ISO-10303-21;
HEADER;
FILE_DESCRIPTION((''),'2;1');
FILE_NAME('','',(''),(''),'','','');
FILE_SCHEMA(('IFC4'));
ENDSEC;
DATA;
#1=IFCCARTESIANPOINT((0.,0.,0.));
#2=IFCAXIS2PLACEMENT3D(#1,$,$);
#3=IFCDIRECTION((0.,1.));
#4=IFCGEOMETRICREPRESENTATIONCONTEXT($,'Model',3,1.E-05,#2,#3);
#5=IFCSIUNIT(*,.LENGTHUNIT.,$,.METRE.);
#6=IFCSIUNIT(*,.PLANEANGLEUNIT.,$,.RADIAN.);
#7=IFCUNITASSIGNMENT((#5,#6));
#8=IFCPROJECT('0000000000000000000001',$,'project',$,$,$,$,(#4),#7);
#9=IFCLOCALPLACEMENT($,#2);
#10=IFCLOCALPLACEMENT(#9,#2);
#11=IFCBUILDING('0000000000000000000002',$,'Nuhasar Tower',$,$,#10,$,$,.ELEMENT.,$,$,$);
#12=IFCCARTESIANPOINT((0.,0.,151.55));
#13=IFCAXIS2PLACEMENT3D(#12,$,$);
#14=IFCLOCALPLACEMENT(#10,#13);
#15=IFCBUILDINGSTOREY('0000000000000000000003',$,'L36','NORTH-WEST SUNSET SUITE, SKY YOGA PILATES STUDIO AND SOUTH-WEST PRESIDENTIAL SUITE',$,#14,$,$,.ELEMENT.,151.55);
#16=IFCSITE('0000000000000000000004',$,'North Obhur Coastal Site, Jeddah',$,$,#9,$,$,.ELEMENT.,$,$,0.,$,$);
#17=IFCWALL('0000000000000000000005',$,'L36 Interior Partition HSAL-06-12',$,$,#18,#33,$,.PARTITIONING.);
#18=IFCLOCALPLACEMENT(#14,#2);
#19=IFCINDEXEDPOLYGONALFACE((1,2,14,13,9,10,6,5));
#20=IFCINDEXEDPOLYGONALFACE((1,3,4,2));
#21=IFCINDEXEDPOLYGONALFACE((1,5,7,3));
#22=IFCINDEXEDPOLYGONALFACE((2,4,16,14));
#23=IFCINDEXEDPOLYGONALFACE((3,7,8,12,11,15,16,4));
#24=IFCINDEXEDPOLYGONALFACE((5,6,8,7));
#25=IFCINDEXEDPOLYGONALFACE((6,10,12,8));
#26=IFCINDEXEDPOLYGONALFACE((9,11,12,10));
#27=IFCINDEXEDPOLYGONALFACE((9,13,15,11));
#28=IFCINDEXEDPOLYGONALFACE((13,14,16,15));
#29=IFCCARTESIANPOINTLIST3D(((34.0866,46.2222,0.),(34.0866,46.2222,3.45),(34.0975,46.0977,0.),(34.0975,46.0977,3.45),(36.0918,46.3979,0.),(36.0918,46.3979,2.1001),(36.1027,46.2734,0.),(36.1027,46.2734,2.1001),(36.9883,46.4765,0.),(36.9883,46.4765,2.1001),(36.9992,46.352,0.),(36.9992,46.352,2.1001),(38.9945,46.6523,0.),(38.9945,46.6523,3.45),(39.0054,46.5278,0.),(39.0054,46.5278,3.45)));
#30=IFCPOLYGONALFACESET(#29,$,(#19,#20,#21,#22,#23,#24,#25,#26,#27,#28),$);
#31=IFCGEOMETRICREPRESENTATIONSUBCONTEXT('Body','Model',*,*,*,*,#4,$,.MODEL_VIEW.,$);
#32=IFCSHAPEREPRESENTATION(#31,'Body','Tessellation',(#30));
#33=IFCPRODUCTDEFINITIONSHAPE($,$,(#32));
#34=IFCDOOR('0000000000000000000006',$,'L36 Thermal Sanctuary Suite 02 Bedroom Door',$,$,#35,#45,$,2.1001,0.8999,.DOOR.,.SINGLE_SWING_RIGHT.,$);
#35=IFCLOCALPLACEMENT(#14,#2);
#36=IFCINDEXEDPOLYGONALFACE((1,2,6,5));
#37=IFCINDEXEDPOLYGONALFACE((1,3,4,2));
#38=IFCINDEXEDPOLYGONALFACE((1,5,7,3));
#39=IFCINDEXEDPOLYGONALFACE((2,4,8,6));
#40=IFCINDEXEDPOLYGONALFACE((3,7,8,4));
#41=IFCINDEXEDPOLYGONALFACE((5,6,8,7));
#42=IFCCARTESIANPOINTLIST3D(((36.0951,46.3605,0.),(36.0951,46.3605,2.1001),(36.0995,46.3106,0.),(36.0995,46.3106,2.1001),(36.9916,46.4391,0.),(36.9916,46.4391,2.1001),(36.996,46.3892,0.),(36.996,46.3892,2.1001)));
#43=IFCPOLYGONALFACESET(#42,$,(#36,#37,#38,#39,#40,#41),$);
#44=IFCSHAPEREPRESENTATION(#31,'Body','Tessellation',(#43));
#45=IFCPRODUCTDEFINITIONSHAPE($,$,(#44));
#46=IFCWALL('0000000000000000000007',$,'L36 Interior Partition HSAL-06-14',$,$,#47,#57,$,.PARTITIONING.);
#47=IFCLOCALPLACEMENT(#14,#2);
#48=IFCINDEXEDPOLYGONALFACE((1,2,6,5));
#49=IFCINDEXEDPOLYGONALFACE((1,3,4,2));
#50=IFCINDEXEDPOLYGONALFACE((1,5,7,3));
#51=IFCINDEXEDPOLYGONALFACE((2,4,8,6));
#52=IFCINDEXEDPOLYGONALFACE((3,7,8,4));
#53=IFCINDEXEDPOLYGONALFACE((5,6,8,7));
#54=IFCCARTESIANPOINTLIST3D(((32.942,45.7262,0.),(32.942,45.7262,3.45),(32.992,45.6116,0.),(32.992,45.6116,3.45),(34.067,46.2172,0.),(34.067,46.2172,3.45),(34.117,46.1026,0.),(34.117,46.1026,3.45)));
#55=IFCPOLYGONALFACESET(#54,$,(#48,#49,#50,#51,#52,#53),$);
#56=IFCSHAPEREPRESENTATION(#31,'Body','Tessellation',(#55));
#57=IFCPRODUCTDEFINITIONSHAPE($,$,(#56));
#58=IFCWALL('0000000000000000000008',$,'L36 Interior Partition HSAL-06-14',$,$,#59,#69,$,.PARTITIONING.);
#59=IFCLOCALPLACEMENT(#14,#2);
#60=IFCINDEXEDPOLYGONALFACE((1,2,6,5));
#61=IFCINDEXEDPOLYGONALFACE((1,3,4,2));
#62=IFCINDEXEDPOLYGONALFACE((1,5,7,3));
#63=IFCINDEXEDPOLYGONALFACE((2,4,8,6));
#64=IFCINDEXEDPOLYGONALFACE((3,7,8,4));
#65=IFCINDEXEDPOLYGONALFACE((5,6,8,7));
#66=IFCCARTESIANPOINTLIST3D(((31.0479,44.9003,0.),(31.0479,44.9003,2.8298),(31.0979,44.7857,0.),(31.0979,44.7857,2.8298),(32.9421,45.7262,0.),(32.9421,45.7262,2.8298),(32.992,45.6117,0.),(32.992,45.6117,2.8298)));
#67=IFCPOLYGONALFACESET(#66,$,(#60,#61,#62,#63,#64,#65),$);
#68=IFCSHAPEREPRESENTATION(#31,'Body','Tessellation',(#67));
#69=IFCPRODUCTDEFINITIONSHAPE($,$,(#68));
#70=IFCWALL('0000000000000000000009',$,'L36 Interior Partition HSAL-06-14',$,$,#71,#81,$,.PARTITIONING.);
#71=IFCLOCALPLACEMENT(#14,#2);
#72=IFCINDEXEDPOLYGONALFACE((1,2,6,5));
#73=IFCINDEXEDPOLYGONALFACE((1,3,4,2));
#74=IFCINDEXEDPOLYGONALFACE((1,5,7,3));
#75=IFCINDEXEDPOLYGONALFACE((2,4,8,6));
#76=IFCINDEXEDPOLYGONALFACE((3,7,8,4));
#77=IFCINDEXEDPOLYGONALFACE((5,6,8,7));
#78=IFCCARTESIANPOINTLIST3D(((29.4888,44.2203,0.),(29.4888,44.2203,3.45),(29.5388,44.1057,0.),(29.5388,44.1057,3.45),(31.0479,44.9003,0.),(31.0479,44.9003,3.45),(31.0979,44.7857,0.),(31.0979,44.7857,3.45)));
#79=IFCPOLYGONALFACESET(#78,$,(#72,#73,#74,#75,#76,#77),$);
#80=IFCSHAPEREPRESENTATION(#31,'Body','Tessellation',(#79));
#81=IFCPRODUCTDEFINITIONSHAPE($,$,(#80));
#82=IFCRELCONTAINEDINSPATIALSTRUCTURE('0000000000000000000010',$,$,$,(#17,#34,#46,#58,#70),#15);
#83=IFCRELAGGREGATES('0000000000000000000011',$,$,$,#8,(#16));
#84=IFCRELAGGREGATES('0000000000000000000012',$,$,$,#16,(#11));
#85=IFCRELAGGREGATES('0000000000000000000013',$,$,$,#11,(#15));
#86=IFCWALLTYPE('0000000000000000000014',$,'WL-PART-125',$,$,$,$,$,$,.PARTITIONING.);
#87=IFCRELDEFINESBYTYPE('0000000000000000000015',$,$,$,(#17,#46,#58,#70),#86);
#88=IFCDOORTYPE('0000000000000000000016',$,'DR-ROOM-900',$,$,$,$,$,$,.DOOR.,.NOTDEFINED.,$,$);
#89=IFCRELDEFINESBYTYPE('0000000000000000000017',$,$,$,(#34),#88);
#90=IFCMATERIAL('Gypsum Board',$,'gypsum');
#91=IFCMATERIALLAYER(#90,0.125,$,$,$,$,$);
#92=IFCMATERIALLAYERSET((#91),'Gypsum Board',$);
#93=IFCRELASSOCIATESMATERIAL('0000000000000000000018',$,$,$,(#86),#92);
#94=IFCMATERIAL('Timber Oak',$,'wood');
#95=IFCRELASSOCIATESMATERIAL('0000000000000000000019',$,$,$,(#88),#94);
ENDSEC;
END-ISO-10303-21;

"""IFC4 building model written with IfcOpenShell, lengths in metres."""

from ifc_helpers import new_model, si_unit, direction, frame, frame_2d, origin, place, context, subcontext, project, spatial, rectangle, extrude, material, layer, layer_set, type_object, element, fill, save


model = new_model("IFC4")

# Units and contexts
model_context = context("Model", 3, precision=1e-05, world=origin(), true_north=direction((0.0, 1.0)))
body_context = subcontext(model_context, "Body", "Model", "MODEL_VIEW")
ifc_project = project(units=[si_unit("LENGTHUNIT", "METRE"), si_unit("PLANEANGLEUNIT", "RADIAN")], contexts=[model_context])

# Site, building, storey
site_placement = place(None, origin())
site = spatial("IfcSite", under=ifc_project, at=site_placement, Name="North Obhur Coastal Site, Jeddah", CompositionType="ELEMENT", RefElevation=0.0)
building_placement = place(site_placement, origin())
building = spatial("IfcBuilding", under=site, at=building_placement, Name="Nuhasar Tower", CompositionType="ELEMENT")
storey_placement = place(building_placement, frame((0.0, 0.0, 151.55)))
storey = spatial("IfcBuildingStorey", under=building, at=storey_placement, Name="L36", Description="NORTH-WEST SUNSET SUITE, SKY YOGA PILATES STUDIO AND SOUTH-WEST PRESIDENTIAL SUITE", CompositionType="ELEMENT", Elevation=151.55)

# Shared definitions
ifc_material_1 = material(Name="Gypsum Board", Category="gypsum")
ifc_material_2 = material(Name="Timber Oak", Category="wood")

# Wall, opening, door
ifc_layer_1 = layer(ifc_material_1, 0.125)
ifc_layer_set_1 = layer_set([ifc_layer_1], Name="Gypsum Board")
wall_type_1 = type_object("IfcWallType", Name="WL-PART-125", PredefinedType="PARTITIONING", material=ifc_layer_set_1)
wall_1_placement = place(storey_placement, frame((34.092, 46.1599, 0.0), z_axis=(0.0, 0.0, 1.0), x_axis=(0.996181, 0.087314, 0.0)))
wall_1 = element("IfcWall", 1, at=wall_1_placement, inside=storey, type_object=wall_type_1, Name="L36 Interior Partition HSAL-06-12", PredefinedType="PARTITIONING", context=body_context, shape_type="SweptSolid", body=[
    extrude(rectangle(XDim=4.9268, YDim=0.125, at=frame_2d((2.4634, 0.0))), origin(), (0.0, 0.0, 1.0), 3.45),
])
opening_1_placement = place(wall_1_placement, frame((2.0129, 0.0, 0.0)))
opening_1 = element("IfcOpeningElement", 2, at=opening_1_placement, cuts=wall_1, PredefinedType="OPENING", context=body_context, shape_type="SweptSolid", body=[
    extrude(rectangle(XDim=0.8999, YDim=2.1001, at=frame_2d((0.45, 1.05))), frame((0.0, 0.0725, 0.0), z_axis=(0.0, -1.0, 0.0), x_axis=(1.0, 0.0, 0.0)), (0.0, 0.0, 1.0), 0.145),
])
door_type_1 = type_object("IfcDoorType", Name="DR-ROOM-900", OperationType="NOTDEFINED", PredefinedType="DOOR", material=ifc_material_2)
door_1_placement = place(opening_1_placement, origin())
door_1 = element("IfcDoor", 3, at=door_1_placement, inside=storey, type_object=door_type_1, Name="L36 Thermal Sanctuary Suite 02 Bedroom Door", OperationType="SINGLE_SWING_RIGHT", OverallHeight=2.1001, OverallWidth=0.8999, PredefinedType="DOOR", context=body_context, shape_type="SweptSolid", body=[
    extrude(rectangle(XDim=0.8999, YDim=2.1001, at=frame_2d((0.45, 1.05))), frame((0.0, 0.0249, 0.0), z_axis=(0.0, -1.0, 0.0), x_axis=(1.0, 0.0, 0.0)), (0.0, 0.0, 1.0), 0.05),
])
fill(opening_1, door_1)

# Walls
wall_2_placement = place(storey_placement, frame((34.092, 46.1599, 0.0), z_axis=(0.0, 0.0, 1.0), x_axis=(-0.916522, -0.399984, 0.0)))
element("IfcWall", 4, at=wall_2_placement, inside=storey, type_object=wall_type_1, Name="L36 Interior Partition HSAL-06-14", PredefinedType="PARTITIONING", context=body_context, shape_type="SweptSolid", body=[
    extrude(rectangle(XDim=1.2275, YDim=0.125, at=frame_2d((0.6138, 0.0))), origin(), (0.0, 0.0, 1.0), 3.45),
])
wall_3_placement = place(storey_placement, frame((32.967, 45.6689, 0.0), z_axis=(0.0, 0.0, 1.0), x_axis=(-0.916639, -0.399715, 0.0)))
element("IfcWall", 5, at=wall_3_placement, inside=storey, type_object=wall_type_1, Name="L36 Interior Partition HSAL-06-14", PredefinedType="PARTITIONING", context=body_context, shape_type="SweptSolid", body=[
    extrude(rectangle(XDim=2.0664, YDim=0.125, at=frame_2d((1.0332, 0.0))), origin(), (0.0, 0.0, 1.0), 2.8298),
])
wall_4_placement = place(storey_placement, frame((31.073, 44.843, 0.0), z_axis=(0.0, 0.0, 1.0), x_axis=(-0.916624, -0.399749, 0.0)))
element("IfcWall", 6, at=wall_4_placement, inside=storey, type_object=wall_type_1, Name="L36 Interior Partition HSAL-06-14", PredefinedType="PARTITIONING", context=body_context, shape_type="SweptSolid", body=[
    extrude(rectangle(XDim=1.7009, YDim=0.125, at=frame_2d((0.8506, 0.0))), origin(), (0.0, 0.0, 1.0), 3.45),
])

save(model, "model.ifc")
